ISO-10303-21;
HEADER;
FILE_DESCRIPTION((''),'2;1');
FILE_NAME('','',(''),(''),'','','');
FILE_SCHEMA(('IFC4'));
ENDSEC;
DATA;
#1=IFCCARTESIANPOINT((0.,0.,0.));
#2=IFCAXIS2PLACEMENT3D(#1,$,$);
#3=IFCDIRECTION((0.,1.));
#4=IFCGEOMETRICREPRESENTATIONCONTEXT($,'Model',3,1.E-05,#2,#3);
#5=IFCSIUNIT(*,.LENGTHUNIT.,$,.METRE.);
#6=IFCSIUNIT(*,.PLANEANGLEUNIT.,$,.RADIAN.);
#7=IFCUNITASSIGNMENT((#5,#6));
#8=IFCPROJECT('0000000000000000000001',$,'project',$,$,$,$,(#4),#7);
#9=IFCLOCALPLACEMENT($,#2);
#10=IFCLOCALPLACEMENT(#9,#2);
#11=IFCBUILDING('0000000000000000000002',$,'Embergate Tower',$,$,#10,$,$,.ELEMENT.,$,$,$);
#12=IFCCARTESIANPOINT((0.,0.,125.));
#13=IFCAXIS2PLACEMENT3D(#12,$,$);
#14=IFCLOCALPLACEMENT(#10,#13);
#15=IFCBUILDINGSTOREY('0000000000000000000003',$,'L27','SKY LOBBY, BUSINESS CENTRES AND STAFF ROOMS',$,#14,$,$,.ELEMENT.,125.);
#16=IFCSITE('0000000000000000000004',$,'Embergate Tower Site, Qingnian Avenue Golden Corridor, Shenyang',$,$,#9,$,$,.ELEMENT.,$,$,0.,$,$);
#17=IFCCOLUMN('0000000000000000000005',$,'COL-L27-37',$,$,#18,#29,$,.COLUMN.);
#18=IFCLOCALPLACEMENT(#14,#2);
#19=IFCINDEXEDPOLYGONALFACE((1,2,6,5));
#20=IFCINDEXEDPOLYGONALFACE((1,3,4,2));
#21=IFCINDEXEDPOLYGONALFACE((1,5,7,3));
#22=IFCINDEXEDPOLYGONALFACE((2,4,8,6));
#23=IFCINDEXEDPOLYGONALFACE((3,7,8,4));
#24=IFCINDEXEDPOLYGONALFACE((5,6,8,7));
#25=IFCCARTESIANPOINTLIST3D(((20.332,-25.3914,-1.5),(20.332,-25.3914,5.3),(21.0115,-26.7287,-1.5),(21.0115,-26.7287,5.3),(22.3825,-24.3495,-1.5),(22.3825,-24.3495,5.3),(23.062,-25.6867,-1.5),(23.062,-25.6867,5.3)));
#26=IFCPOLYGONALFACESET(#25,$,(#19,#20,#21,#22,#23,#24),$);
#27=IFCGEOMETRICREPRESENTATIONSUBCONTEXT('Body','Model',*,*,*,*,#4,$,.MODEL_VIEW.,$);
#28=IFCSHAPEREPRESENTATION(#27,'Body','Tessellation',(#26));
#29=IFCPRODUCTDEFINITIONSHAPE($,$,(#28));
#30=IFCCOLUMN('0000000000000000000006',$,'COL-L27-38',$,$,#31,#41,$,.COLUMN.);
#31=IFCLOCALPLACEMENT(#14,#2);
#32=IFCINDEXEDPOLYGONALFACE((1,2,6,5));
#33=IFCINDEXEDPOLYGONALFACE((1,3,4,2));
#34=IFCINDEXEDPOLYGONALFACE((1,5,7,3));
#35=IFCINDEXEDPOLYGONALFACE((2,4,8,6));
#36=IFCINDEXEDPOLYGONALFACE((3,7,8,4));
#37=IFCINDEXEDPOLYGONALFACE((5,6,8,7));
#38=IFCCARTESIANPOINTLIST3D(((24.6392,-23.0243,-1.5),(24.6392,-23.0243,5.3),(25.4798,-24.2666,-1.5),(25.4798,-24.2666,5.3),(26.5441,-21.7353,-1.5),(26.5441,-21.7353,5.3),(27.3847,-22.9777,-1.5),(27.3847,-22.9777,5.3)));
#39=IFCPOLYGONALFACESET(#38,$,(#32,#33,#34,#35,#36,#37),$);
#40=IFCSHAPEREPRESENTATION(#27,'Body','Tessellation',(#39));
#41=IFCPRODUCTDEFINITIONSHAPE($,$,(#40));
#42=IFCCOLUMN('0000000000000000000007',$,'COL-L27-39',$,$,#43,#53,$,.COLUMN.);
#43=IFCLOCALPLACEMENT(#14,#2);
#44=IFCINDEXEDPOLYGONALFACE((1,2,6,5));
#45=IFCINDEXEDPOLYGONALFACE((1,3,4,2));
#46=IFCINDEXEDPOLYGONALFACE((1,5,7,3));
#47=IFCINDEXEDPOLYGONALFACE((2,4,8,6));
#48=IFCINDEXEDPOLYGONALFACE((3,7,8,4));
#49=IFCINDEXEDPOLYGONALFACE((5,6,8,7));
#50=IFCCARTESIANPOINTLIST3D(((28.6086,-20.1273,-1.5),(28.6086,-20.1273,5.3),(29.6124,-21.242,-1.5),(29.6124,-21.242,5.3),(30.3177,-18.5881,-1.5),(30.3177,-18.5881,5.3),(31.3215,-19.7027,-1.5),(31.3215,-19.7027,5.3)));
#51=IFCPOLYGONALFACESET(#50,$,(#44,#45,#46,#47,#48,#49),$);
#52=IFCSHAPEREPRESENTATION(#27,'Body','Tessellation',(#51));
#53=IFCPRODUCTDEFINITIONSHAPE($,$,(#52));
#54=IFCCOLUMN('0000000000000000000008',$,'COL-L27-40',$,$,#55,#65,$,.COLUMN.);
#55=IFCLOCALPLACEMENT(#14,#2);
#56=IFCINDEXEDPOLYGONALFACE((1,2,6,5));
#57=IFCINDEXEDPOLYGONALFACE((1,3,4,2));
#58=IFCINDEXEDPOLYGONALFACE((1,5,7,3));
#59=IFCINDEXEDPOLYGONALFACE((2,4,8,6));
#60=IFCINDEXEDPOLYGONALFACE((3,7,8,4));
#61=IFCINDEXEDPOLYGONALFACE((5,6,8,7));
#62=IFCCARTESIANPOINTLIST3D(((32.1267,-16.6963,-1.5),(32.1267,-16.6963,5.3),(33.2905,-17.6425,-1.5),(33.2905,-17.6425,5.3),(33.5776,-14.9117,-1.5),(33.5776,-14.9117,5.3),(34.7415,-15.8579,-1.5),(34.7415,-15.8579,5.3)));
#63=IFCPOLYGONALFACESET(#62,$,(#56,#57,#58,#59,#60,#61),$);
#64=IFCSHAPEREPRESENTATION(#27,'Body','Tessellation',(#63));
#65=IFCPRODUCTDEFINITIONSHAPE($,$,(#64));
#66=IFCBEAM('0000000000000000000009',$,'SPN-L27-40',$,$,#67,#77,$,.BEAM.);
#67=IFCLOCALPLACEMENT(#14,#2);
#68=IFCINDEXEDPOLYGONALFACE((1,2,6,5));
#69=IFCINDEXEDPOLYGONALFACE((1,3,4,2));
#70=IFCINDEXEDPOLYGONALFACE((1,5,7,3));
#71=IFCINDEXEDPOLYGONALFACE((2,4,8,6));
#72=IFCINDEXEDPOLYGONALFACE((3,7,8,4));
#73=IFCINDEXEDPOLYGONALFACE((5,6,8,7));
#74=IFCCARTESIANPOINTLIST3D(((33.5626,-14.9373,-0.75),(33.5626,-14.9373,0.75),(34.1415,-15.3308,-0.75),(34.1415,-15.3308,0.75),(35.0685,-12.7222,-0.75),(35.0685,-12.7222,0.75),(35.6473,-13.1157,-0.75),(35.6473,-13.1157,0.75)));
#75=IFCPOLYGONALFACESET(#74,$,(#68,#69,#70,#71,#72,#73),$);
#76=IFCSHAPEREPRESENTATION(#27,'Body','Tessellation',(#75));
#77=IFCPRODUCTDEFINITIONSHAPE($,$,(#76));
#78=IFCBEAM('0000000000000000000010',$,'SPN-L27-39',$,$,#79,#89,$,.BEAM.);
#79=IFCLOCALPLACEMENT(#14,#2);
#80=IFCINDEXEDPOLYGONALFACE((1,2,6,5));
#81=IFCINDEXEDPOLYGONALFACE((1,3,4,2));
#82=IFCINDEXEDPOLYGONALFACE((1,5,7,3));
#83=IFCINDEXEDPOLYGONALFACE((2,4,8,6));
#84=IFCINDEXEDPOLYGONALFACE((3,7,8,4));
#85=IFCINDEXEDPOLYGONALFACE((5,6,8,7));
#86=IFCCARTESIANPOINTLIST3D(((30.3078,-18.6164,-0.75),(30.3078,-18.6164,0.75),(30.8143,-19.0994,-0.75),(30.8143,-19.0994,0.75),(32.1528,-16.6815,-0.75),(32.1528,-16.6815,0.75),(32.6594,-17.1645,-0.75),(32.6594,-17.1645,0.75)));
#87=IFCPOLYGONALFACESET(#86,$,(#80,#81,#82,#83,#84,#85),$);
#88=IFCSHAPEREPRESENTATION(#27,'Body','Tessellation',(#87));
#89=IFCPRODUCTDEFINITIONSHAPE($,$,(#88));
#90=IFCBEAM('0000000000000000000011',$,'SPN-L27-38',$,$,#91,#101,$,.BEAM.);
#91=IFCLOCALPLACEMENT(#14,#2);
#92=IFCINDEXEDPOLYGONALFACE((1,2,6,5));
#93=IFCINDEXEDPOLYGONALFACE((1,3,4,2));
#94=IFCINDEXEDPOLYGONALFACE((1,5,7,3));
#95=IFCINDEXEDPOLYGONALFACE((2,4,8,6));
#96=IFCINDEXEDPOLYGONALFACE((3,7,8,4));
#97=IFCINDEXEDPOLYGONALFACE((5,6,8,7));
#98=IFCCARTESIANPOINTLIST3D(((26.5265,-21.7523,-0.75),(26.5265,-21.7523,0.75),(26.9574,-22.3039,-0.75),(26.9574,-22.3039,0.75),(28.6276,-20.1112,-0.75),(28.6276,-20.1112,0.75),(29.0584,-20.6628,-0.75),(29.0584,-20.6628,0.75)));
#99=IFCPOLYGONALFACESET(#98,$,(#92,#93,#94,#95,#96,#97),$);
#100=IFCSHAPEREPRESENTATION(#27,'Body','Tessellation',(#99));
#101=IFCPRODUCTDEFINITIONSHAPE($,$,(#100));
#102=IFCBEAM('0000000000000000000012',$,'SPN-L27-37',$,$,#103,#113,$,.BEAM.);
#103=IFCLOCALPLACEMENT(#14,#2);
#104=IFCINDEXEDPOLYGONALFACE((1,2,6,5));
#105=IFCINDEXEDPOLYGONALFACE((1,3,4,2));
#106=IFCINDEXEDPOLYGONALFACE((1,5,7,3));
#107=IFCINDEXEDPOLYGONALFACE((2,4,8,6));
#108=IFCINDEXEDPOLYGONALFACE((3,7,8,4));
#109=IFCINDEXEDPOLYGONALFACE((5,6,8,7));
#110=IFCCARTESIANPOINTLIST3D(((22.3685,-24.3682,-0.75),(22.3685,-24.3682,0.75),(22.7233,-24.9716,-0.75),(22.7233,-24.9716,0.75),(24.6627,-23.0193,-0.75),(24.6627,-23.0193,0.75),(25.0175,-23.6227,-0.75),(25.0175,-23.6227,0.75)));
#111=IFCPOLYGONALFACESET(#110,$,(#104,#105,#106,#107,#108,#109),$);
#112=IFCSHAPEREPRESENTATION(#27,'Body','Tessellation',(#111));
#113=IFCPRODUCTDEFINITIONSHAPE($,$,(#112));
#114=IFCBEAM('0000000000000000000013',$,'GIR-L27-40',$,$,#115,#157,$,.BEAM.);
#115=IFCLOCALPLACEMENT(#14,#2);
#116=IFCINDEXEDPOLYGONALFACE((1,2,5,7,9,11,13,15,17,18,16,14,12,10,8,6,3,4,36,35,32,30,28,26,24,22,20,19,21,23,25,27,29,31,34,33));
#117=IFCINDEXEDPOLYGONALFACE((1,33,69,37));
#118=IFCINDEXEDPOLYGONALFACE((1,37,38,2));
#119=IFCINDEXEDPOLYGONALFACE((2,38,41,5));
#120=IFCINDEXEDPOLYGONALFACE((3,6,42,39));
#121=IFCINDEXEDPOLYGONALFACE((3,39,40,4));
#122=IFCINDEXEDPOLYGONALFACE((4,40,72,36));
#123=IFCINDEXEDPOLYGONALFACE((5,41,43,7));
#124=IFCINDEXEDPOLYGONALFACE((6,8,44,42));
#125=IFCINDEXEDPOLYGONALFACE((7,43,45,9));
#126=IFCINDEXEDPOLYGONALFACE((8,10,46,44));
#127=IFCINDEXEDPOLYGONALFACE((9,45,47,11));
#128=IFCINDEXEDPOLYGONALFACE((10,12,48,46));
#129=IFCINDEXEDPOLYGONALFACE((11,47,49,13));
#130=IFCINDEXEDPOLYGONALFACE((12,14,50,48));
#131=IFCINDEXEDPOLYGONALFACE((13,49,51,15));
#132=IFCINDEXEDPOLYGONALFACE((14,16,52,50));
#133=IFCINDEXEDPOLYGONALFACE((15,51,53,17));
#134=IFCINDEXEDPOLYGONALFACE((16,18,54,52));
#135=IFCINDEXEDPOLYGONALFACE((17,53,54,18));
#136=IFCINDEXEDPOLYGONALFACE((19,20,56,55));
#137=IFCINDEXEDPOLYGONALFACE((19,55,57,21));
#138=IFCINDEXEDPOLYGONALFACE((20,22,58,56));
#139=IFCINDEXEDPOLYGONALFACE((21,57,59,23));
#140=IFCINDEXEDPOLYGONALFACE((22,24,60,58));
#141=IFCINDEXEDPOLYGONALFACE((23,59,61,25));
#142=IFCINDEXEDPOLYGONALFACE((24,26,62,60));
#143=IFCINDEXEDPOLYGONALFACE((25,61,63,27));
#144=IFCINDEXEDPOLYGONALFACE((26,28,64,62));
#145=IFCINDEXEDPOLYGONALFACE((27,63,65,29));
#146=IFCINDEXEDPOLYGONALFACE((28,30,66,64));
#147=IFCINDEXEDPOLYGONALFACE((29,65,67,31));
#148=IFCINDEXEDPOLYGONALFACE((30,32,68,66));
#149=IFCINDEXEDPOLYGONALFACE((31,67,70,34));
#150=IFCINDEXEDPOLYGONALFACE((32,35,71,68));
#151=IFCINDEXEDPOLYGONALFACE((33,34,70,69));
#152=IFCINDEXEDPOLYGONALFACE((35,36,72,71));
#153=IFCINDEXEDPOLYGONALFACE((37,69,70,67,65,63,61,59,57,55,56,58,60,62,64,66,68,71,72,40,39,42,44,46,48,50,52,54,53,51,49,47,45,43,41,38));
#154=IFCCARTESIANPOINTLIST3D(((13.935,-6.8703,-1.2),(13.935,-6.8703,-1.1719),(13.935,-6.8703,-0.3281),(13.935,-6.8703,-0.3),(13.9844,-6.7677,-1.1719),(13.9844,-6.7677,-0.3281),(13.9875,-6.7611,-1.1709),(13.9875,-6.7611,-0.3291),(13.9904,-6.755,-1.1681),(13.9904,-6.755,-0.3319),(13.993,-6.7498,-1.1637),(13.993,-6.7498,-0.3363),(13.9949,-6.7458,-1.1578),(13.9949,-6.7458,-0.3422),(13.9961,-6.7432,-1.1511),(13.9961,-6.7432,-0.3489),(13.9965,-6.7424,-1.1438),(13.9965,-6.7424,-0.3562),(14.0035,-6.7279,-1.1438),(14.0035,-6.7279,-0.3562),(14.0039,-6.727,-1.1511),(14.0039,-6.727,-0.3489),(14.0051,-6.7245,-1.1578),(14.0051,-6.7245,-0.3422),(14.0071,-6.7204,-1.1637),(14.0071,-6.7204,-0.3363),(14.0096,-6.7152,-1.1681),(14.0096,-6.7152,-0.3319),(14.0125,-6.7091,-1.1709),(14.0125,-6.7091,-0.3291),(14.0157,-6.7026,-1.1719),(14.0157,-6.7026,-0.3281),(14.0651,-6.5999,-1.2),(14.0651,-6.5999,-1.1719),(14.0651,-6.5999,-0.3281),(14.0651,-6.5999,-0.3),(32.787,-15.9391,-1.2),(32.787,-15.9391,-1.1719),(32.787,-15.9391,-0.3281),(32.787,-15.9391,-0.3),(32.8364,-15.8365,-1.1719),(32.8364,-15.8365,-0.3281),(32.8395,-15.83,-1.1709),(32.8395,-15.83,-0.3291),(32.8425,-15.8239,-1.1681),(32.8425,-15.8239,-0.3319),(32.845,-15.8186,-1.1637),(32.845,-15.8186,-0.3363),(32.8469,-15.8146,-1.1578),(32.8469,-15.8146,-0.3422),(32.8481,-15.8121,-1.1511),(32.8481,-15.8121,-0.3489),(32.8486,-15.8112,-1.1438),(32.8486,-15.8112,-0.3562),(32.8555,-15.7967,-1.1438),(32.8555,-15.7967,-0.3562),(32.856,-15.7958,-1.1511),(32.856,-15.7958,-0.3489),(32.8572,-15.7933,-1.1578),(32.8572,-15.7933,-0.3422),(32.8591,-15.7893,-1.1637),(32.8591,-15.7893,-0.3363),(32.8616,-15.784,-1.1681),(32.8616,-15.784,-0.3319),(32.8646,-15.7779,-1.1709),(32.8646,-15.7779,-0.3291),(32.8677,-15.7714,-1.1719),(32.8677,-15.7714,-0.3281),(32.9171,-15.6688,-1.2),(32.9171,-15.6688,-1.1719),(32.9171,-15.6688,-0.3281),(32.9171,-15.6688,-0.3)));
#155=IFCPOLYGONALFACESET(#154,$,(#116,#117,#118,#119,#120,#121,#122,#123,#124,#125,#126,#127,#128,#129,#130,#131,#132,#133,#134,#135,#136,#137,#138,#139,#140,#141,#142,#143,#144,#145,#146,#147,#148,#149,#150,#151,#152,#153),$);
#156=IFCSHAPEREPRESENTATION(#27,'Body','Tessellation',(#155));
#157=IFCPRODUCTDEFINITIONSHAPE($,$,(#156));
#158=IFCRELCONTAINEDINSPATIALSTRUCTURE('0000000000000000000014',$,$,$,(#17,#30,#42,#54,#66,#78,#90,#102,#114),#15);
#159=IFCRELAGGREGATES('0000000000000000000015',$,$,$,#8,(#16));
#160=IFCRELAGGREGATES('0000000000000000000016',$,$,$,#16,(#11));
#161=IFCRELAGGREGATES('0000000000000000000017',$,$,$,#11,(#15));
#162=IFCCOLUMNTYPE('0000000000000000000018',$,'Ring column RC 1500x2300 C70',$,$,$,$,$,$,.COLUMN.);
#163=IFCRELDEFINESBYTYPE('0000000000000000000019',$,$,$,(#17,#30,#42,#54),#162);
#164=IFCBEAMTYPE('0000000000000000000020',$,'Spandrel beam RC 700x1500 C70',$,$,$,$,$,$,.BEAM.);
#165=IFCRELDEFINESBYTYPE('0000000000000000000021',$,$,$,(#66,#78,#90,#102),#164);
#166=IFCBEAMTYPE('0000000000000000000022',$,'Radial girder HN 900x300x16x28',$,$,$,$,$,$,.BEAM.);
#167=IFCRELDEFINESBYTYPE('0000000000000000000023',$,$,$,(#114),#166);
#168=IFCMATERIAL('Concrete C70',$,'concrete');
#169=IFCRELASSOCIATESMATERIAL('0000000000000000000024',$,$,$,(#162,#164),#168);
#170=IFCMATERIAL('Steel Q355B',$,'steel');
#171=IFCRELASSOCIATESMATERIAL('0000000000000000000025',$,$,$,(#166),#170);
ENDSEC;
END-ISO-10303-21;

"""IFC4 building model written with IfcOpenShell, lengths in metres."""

from ifc_helpers import new_model, si_unit, direction, frame, origin, origin_2d, place, context, subcontext, project, spatial, rectangle, i_section, extrude, source, transform, mapped, material, material_profile, profile_set, type_object, element, save


model = new_model("IFC4")

# Units and contexts
model_context = context("Model", 3, precision=1e-05, world=origin(), true_north=direction((0.0, 1.0)))
body_context = subcontext(model_context, "Body", "Model", "MODEL_VIEW")
ifc_project = project(units=[si_unit("LENGTHUNIT", "METRE"), si_unit("PLANEANGLEUNIT", "RADIAN")], contexts=[model_context])

# Site, building, storey
site_placement = place(None, origin())
site = spatial("IfcSite", under=ifc_project, at=site_placement, Name="Embergate Tower Site, Qingnian Avenue Golden Corridor, Shenyang", CompositionType="ELEMENT", RefElevation=0.0)
building_placement = place(site_placement, origin())
building = spatial("IfcBuilding", under=site, at=building_placement, Name="Embergate Tower", CompositionType="ELEMENT")
storey_placement = place(building_placement, frame((0.0, 0.0, 125.0)))
storey = spatial("IfcBuildingStorey", under=building, at=storey_placement, Name="L27", Description="SKY LOBBY, BUSINESS CENTRES AND STAFF ROOMS", CompositionType="ELEMENT", Elevation=125.0)

# Columns
ifc_material_1 = material(Name="Concrete C70", Category="concrete")
ifc_material_profile_1 = material_profile(ifc_material_1, rectangle(XDim=1.5, YDim=2.3, at=origin_2d()), Name="RC 1500x2300")
ifc_profile_set_1 = profile_set([ifc_material_profile_1], Name="Concrete C70")
column_type = type_object("IfcColumnType", Name="Ring column RC 1500x2300 C70", PredefinedType="COLUMN", material=ifc_profile_set_1)
shared_shape_1 = source(origin(), body_context, "Body", "SweptSolid", [
    extrude(rectangle(XDim=1.5, YDim=2.3, at=origin_2d()), origin(), (0.0, 0.0, 1.0), 6.8),
])
for number, where, z_axis, x_axis, name in (
    (1, (21.697, -25.5391, -1.5), (0.0, 0.0, 1.0), (0.452995, -0.891513, 0.0), "COL-L27-37"),
    (2, (26.012, -23.001, -1.5), (0.0, 0.0, 1.0), (0.560393, -0.828227, 0.0), "COL-L27-38"),
    (3, (29.9651, -19.915, -1.5), (0.0, 0.0, 1.0), (0.669208, -0.743075, 0.0), "COL-L27-39"),
    (4, (33.4341, -16.2771, -1.5), (0.0, 0.0, 1.0), (0.775914, -0.630838, 0.0), "COL-L27-40"),
):
    element("IfcColumn", number, at=place(storey_placement, frame(where, z_axis=z_axis, x_axis=x_axis)), inside=storey, type_object=column_type, Name=name, PredefinedType="COLUMN", context=body_context, shape_type="MappedRepresentation", body=[
        mapped(shared_shape_1, transform((0.0, 0.0, 0.0))),
    ])

# Beams
ifc_material_profile_2 = material_profile(ifc_material_1, rectangle(XDim=0.7, YDim=1.5, at=origin_2d()), Name="RC 700x1500")
ifc_profile_set_2 = profile_set([ifc_material_profile_2], Name="Concrete C70")
beam_type_1 = type_object("IfcBeamType", Name="Spandrel beam RC 700x1500 C70", PredefinedType="BEAM", material=ifc_profile_set_2)
shared_shape_2 = source(origin(), body_context, "Body", "SweptSolid", [
    extrude(rectangle(XDim=0.7, YDim=1.5, at=origin_2d()), origin(), (0.0, 0.0, 1.0), 2.6785),
])
beam_1_placement = place(storey_placement, frame((33.8521, -15.134, 0.0), z_axis=(0.562208, 0.826996, 0.0), x_axis=(-0.826996, 0.562208, 0.0)))
element("IfcBeam", 5, at=beam_1_placement, inside=storey, type_object=beam_type_1, Name="SPN-L27-40", PredefinedType="BEAM", context=body_context, shape_type="MappedRepresentation", body=[
    mapped(shared_shape_2, transform((0.0, 0.0, 0.0))),
])
shared_shape_3 = source(origin(), body_context, "Body", "SweptSolid", [
    extrude(rectangle(XDim=0.7, YDim=1.5, at=origin_2d()), origin(), (0.0, 0.0, 1.0), 2.6736),
])
beam_2_placement = place(storey_placement, frame((30.561, -18.8579, 0.0), z_axis=(0.690104, 0.72371, 0.0), x_axis=(-0.72371, 0.690104, 0.0)))
element("IfcBeam", 6, at=beam_2_placement, inside=storey, type_object=beam_type_1, Name="SPN-L27-39", PredefinedType="BEAM", context=body_context, shape_type="MappedRepresentation", body=[
    mapped(shared_shape_3, transform((0.0, 0.0, 0.0))),
])
shared_shape_4 = source(origin(), body_context, "Body", "SweptSolid", [
    extrude(rectangle(XDim=0.7, YDim=1.5, at=origin_2d()), origin(), (0.0, 0.0, 1.0), 2.666),
])
beam_3_placement = place(storey_placement, frame((26.7419, -22.0281, 0.0), z_axis=(0.788088, 0.615562, 0.0), x_axis=(-0.615562, 0.788088, 0.0)))
element("IfcBeam", 7, at=beam_3_placement, inside=storey, type_object=beam_type_1, Name="SPN-L27-38", PredefinedType="BEAM", context=body_context, shape_type="MappedRepresentation", body=[
    mapped(shared_shape_4, transform((0.0, 0.0, 0.0))),
])
shared_shape_5 = source(origin(), body_context, "Body", "SweptSolid", [
    extrude(rectangle(XDim=0.7, YDim=1.5, at=origin_2d()), origin(), (0.0, 0.0, 1.0), 2.6614),
])
beam_4_placement = place(storey_placement, frame((22.5459, -24.6699, 0.0), z_axis=(0.86204, 0.50684, 0.0), x_axis=(-0.50684, 0.86204, 0.0)))
element("IfcBeam", 8, at=beam_4_placement, inside=storey, type_object=beam_type_1, Name="SPN-L27-37", PredefinedType="BEAM", context=body_context, shape_type="MappedRepresentation", body=[
    mapped(shared_shape_5, transform((0.0, 0.0, 0.0))),
])
ifc_material_2 = material(Name="Steel Q355B", Category="steel")
ifc_material_profile_3 = material_profile(ifc_material_2, i_section(OverallWidth=0.3, OverallDepth=0.8999, WebThickness=0.0161, FlangeThickness=0.0281, FilletRadius=0.0281, at=origin_2d()), Name="HN 900x300x16x28")
ifc_profile_set_3 = profile_set([ifc_material_profile_3], Name="Steel Q355 grade B")
beam_type_2 = type_object("IfcBeamType", Name="Radial girder HN 900x300x16x28", PredefinedType="BEAM", material=ifc_profile_set_3)
shared_shape_6 = source(origin(), body_context, "Body", "SweptSolid", [
    extrude(i_section(OverallWidth=0.3, OverallDepth=0.8999, WebThickness=0.0161, FlangeThickness=0.0281, FilletRadius=0.0281, at=origin_2d()), origin(), (0.0, 0.0, 1.0), 20.9199),
])
beam_5_placement = place(storey_placement, frame((32.8521, -15.804, -0.75), z_axis=(-0.901152, 0.433503, 0.0), x_axis=(-0.433503, -0.901152, 0.0)))
element("IfcBeam", 9, at=beam_5_placement, inside=storey, type_object=beam_type_2, Name="GIR-L27-40", PredefinedType="BEAM", context=body_context, shape_type="MappedRepresentation", body=[
    mapped(shared_shape_6, transform((0.0, 0.0, 0.0))),
])

save(model, "model.ifc")
